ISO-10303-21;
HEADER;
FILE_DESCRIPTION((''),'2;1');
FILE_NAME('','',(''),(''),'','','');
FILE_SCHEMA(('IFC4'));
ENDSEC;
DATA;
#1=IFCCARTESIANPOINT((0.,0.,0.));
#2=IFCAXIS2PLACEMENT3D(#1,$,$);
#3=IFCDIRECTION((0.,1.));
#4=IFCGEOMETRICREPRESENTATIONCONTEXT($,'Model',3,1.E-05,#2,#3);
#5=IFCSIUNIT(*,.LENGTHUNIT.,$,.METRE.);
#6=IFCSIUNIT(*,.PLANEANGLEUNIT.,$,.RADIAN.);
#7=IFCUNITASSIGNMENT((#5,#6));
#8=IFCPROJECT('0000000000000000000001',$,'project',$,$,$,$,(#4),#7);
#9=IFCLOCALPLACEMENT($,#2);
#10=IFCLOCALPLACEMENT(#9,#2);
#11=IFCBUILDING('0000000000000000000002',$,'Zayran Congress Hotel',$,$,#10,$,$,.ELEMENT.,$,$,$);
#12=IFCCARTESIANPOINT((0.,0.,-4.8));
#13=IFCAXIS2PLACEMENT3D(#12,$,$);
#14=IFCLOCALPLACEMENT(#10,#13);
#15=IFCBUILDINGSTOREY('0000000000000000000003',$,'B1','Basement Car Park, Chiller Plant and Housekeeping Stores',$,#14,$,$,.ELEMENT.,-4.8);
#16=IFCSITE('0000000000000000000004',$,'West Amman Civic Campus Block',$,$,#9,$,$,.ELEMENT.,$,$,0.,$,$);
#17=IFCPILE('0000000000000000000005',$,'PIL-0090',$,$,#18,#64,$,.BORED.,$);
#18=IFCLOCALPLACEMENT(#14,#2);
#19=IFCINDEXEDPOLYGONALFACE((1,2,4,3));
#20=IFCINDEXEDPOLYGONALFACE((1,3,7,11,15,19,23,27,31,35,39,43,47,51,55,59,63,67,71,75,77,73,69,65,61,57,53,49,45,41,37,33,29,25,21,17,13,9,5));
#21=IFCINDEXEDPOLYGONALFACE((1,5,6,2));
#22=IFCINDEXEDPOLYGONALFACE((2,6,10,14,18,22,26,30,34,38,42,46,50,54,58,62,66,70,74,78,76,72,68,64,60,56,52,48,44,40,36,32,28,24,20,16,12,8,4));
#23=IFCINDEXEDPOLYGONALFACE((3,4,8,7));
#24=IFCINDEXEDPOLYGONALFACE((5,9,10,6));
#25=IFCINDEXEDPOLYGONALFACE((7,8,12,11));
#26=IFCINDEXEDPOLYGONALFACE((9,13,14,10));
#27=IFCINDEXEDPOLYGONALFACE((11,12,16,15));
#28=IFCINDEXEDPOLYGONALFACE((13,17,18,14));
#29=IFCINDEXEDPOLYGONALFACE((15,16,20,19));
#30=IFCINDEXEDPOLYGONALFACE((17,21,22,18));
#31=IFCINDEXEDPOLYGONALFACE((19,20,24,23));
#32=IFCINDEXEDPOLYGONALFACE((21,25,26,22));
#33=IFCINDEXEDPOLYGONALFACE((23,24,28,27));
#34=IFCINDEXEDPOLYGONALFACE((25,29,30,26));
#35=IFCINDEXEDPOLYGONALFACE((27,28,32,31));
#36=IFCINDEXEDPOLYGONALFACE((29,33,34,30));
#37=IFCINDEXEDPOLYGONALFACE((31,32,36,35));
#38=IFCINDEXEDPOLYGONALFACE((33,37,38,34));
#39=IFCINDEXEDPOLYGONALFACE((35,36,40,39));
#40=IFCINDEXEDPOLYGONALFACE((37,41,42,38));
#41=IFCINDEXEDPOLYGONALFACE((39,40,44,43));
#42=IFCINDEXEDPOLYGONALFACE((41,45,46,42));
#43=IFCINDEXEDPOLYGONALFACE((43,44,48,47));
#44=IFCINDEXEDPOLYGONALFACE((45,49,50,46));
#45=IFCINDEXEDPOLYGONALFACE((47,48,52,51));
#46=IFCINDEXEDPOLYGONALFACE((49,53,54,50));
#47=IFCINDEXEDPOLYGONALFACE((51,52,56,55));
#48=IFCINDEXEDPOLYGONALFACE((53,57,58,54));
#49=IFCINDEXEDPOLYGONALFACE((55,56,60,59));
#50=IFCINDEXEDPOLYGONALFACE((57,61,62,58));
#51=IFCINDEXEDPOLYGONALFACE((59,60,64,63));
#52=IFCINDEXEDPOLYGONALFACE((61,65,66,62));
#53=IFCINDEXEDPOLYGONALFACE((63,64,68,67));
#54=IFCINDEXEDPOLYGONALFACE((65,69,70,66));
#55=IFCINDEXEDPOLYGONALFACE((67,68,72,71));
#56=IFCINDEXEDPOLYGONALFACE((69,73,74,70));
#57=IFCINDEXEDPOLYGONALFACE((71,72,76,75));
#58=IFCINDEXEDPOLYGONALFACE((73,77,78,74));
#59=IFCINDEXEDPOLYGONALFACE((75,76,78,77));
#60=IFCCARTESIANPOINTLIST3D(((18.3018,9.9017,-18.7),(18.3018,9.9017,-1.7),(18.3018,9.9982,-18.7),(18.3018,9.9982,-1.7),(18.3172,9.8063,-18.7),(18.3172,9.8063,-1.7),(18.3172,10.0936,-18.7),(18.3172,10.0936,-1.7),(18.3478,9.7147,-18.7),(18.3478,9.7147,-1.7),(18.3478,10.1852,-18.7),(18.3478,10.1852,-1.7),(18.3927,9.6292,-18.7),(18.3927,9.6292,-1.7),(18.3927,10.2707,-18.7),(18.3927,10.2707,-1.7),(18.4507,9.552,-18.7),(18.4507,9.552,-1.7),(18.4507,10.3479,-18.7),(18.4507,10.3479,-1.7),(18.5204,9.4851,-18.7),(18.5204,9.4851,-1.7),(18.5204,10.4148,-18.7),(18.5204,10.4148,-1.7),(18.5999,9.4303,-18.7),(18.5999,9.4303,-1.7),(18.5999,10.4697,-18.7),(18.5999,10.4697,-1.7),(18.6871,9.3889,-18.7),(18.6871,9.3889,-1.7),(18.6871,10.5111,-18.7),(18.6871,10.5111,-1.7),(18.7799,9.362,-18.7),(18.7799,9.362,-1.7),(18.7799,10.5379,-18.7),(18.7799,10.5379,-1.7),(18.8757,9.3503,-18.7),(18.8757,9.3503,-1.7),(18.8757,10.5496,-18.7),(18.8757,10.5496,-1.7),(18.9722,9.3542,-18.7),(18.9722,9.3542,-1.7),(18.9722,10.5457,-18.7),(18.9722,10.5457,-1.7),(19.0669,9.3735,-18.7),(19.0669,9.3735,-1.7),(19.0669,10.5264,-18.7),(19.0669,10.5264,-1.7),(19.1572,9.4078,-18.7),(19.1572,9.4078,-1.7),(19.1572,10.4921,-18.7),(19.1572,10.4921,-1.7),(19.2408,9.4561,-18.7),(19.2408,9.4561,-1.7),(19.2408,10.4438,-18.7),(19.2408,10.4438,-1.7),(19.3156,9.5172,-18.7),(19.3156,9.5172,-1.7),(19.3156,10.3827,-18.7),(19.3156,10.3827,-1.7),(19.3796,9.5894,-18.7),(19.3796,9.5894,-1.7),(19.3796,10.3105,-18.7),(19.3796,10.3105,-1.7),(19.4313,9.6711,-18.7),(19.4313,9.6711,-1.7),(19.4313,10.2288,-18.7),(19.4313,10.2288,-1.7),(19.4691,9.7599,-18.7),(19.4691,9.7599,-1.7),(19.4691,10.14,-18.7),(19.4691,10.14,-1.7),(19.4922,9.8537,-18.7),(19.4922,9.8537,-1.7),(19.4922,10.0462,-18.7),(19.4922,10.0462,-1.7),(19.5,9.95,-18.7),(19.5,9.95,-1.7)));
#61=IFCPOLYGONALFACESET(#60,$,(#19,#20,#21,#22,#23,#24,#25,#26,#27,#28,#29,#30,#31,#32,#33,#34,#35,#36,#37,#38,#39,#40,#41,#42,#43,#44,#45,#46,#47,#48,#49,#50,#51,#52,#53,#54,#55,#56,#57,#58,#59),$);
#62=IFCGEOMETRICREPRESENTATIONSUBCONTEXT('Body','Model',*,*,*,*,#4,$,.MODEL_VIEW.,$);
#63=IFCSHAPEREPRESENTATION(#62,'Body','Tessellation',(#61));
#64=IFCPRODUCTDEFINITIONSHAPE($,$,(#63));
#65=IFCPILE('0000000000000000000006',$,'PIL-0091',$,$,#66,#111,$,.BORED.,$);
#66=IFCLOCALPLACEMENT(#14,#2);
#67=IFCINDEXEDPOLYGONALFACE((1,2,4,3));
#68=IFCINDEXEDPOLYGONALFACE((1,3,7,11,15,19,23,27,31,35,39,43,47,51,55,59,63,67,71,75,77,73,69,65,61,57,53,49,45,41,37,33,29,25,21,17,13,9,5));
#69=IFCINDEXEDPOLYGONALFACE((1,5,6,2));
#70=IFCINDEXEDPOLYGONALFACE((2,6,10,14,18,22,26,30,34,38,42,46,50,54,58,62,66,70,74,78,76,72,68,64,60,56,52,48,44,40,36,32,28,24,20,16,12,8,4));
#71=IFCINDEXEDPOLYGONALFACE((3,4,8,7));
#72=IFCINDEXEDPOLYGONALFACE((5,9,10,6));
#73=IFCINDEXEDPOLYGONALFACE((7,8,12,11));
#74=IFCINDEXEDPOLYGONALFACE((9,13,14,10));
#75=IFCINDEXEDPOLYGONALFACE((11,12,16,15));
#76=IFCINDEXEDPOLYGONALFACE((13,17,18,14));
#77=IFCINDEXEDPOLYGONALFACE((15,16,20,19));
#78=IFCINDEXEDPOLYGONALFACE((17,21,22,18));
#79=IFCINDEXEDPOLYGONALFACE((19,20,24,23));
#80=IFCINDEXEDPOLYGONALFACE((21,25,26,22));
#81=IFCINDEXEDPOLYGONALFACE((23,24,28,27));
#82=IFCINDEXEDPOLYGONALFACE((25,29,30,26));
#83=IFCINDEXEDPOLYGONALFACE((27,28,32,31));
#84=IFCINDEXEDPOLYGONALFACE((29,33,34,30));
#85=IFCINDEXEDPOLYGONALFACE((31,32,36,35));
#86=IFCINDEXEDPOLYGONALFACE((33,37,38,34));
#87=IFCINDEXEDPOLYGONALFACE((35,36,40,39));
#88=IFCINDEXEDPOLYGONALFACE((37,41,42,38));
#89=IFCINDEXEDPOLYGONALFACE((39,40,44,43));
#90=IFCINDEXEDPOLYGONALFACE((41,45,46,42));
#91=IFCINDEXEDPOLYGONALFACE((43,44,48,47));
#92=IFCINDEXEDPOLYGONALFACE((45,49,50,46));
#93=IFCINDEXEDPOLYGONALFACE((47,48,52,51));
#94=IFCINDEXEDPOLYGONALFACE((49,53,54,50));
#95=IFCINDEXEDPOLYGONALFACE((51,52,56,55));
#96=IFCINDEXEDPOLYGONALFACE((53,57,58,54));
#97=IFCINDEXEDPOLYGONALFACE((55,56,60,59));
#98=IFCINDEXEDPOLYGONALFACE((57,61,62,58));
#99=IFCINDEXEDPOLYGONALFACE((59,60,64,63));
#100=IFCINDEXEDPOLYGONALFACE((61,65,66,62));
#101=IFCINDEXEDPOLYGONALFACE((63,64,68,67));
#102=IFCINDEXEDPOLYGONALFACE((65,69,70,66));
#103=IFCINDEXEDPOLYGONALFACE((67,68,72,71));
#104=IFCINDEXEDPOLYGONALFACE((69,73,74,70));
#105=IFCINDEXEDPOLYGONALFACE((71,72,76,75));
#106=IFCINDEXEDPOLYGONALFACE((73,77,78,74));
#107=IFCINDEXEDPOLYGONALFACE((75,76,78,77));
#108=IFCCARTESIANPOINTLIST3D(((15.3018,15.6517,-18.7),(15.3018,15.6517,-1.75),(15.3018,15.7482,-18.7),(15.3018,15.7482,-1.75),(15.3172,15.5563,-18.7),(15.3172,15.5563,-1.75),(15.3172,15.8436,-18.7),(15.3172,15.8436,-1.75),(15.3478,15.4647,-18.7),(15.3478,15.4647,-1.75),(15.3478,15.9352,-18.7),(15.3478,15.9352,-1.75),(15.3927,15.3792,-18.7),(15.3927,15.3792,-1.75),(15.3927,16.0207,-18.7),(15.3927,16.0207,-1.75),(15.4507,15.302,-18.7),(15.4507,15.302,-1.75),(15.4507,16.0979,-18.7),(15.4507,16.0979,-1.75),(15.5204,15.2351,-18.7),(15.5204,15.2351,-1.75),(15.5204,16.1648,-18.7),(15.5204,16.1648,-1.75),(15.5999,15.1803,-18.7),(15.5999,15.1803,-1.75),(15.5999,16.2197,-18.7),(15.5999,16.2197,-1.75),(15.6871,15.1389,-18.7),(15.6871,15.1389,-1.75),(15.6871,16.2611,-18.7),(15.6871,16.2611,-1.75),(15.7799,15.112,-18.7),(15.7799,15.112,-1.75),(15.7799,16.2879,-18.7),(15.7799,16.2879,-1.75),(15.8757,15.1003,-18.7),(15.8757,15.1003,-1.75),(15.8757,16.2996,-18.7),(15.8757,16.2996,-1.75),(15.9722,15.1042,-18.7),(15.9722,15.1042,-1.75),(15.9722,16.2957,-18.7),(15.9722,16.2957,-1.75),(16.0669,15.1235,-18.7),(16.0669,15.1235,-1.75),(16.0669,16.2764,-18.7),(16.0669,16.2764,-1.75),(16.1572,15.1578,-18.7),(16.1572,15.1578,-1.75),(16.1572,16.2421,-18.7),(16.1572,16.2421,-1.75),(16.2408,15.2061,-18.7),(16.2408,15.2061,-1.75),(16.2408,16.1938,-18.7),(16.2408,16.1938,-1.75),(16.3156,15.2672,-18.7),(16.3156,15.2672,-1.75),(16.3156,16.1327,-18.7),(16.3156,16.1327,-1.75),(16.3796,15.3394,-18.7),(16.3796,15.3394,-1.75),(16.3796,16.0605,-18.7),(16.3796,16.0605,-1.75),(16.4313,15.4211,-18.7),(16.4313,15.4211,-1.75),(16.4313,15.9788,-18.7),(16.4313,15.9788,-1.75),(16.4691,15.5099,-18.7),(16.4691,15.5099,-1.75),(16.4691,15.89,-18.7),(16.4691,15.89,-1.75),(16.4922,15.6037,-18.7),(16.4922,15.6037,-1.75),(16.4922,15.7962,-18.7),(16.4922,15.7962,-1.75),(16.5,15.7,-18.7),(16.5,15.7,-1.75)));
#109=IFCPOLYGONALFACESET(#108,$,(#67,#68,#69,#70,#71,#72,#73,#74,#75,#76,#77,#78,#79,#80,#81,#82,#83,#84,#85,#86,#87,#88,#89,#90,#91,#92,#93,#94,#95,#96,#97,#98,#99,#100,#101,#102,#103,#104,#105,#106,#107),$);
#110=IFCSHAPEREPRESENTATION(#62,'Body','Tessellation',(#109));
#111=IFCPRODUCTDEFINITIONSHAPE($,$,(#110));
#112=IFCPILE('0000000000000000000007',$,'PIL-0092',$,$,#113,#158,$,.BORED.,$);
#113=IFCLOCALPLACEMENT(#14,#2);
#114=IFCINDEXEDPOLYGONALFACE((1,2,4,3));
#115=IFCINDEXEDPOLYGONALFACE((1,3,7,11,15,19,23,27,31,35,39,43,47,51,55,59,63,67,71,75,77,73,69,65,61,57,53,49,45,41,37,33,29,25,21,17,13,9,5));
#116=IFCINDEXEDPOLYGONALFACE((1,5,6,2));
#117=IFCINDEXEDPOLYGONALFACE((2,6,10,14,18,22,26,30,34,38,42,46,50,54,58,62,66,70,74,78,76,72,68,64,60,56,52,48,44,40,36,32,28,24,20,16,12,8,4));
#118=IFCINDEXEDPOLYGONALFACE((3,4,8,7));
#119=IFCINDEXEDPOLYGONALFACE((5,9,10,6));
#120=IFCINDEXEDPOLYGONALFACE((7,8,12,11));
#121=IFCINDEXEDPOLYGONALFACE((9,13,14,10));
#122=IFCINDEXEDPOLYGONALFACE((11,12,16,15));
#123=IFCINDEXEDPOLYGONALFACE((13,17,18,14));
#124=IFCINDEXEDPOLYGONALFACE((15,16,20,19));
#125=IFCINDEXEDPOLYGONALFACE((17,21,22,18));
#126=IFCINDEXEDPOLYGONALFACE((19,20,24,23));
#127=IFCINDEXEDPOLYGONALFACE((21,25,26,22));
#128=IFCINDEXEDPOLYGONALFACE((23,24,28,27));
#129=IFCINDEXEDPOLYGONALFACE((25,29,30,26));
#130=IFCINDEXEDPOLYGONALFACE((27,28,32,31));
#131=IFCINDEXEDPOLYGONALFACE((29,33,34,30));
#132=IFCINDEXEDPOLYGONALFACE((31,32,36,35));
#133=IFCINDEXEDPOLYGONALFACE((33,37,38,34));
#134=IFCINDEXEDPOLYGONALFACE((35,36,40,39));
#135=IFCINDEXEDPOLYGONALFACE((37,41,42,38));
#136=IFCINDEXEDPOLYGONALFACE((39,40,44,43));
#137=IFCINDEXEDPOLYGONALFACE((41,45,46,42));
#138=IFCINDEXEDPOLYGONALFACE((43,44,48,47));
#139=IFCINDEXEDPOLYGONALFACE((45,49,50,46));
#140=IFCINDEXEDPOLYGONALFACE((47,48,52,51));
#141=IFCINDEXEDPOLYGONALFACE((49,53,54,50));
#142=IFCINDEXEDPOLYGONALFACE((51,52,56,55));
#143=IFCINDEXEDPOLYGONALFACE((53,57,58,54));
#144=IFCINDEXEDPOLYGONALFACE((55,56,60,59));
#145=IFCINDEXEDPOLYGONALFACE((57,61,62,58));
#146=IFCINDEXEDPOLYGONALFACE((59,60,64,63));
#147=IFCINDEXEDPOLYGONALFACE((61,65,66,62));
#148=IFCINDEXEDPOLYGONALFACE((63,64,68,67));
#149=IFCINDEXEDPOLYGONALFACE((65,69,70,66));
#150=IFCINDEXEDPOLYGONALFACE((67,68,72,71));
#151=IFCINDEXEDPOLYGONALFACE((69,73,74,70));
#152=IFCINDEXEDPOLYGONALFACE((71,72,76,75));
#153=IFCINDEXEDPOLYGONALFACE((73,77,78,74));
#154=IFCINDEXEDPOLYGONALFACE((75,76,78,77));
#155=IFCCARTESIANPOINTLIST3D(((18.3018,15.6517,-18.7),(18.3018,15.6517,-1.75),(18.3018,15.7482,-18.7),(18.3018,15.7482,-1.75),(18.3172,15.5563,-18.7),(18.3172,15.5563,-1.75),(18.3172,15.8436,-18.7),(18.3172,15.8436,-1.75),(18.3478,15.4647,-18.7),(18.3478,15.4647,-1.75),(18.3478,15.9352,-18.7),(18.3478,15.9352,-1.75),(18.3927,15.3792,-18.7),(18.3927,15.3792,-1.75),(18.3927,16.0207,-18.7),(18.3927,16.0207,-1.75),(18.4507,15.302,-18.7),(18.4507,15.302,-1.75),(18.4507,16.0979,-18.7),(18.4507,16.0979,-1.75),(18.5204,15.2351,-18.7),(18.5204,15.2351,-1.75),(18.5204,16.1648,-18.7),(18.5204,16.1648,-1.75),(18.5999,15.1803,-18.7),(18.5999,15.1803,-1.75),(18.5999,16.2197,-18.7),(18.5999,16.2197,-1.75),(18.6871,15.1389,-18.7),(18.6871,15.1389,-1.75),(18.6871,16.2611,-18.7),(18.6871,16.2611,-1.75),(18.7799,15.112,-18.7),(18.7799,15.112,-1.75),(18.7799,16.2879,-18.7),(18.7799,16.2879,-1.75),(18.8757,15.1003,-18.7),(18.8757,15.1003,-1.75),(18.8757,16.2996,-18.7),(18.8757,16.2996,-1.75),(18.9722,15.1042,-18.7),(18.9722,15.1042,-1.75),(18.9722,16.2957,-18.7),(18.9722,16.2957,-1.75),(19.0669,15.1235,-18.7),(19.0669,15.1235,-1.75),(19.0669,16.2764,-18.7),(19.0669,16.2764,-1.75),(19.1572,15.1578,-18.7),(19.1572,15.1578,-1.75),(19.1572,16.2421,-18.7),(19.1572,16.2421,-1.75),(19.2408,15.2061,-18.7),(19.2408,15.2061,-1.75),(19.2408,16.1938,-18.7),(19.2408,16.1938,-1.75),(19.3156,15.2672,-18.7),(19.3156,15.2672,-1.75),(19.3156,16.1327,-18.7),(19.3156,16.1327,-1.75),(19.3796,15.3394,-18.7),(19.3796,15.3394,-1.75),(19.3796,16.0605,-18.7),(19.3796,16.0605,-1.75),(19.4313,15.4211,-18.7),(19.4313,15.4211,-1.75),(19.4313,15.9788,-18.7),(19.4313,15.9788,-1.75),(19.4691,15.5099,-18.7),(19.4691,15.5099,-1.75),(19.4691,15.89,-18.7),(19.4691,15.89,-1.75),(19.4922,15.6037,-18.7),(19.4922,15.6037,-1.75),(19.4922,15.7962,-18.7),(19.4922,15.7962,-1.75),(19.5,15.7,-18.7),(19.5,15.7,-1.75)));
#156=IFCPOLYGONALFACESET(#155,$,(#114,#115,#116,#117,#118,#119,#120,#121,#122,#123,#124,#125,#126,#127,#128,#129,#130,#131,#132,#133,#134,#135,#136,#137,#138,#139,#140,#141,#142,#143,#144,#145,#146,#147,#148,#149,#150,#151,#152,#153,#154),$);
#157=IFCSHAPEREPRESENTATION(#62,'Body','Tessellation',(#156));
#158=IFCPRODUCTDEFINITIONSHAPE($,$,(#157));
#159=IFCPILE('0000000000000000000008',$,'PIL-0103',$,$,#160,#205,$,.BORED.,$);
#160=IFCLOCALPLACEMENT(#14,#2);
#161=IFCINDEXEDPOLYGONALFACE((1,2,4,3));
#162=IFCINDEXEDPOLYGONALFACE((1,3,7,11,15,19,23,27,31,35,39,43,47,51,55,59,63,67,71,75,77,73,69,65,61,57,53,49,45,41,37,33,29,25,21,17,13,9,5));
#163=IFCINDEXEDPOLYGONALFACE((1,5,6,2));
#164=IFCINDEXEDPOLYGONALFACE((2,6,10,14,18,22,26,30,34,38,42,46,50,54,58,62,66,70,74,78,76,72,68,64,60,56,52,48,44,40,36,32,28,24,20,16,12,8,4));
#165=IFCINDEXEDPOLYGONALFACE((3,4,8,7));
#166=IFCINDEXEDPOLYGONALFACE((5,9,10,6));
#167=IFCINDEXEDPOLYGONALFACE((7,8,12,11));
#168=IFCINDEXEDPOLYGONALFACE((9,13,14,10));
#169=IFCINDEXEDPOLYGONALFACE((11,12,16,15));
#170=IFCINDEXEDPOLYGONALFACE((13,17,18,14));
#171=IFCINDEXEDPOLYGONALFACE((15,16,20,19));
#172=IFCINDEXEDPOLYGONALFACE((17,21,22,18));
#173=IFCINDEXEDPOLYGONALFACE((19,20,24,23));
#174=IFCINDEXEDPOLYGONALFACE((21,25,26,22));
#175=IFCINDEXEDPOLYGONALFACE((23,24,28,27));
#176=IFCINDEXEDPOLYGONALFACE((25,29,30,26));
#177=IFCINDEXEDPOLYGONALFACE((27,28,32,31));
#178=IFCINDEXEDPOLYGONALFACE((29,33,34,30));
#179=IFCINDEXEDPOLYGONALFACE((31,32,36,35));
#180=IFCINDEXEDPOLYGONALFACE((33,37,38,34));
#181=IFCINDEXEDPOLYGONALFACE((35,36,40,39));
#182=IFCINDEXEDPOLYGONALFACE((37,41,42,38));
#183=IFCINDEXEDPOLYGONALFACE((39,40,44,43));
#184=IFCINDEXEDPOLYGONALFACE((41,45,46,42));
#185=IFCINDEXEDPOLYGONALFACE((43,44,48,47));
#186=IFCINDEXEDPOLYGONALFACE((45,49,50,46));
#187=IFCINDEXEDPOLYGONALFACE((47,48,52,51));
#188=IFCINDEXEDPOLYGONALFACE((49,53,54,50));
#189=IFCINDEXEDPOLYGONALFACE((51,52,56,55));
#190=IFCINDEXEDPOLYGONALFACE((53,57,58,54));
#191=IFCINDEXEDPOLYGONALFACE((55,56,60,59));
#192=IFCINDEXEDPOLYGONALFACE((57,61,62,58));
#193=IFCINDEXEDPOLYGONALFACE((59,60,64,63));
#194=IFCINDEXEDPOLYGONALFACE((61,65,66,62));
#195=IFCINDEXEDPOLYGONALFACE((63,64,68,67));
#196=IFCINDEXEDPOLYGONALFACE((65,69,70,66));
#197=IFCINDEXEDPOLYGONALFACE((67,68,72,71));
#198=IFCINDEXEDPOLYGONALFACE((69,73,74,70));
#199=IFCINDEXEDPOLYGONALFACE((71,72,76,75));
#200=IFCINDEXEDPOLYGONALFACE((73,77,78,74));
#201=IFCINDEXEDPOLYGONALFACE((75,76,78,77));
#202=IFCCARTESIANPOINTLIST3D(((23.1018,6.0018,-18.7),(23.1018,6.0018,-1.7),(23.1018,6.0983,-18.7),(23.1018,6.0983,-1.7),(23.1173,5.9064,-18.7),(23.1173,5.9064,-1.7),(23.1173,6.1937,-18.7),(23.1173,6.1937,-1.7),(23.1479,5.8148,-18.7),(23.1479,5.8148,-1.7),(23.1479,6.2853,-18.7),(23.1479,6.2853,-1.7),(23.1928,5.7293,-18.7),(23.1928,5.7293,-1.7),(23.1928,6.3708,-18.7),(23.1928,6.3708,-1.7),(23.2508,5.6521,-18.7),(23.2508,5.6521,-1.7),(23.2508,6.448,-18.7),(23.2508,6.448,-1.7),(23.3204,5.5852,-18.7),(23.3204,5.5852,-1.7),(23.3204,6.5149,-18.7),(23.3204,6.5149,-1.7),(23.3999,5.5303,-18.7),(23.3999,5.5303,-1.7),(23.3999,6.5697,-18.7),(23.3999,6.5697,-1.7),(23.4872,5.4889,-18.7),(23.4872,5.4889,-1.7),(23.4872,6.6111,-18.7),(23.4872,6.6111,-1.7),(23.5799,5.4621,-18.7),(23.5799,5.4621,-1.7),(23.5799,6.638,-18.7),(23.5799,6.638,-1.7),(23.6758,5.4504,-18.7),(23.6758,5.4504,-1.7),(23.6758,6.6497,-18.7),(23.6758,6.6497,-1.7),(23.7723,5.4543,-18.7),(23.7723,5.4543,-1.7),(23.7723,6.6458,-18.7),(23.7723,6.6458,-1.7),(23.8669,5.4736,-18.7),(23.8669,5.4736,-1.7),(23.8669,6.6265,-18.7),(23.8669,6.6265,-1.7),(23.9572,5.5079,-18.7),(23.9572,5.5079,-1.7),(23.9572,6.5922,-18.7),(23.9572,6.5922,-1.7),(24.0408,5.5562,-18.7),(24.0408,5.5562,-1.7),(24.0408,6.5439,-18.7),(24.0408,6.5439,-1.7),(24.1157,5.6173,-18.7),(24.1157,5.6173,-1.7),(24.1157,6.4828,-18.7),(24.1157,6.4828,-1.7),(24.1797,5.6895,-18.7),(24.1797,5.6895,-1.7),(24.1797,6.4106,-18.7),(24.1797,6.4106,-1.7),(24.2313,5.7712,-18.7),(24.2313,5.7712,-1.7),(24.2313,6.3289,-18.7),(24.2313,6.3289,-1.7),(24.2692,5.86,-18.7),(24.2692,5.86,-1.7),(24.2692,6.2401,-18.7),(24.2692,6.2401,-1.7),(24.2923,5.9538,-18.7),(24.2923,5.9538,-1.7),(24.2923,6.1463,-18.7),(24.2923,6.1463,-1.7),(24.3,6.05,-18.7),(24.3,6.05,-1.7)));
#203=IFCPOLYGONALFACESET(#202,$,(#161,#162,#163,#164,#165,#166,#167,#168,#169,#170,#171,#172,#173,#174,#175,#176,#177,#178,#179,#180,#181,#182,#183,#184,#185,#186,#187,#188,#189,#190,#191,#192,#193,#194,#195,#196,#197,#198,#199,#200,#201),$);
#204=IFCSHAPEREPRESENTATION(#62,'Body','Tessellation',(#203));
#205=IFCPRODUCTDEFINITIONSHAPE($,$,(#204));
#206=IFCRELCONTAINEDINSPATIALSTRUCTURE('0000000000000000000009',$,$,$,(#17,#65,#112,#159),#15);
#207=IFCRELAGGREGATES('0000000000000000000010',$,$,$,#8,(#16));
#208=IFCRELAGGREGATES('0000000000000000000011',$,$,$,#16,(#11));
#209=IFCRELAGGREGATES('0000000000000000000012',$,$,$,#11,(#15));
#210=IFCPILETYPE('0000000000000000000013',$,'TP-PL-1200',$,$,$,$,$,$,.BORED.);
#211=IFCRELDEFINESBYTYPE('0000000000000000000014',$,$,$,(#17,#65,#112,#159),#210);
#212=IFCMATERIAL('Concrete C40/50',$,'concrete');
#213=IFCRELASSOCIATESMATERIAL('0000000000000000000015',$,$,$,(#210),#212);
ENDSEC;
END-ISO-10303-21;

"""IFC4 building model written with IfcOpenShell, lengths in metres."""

from ifc_helpers import new_model, si_unit, direction, frame, origin, origin_2d, place, context, subcontext, project, spatial, circle, extrude, material, material_profile, profile_set, type_object, element, save


model = new_model("IFC4")

# Units and contexts
model_context = context("Model", 3, precision=1e-05, world=origin(), true_north=direction((0.0, 1.0)))
body_context = subcontext(model_context, "Body", "Model", "MODEL_VIEW")
ifc_project = project(units=[si_unit("LENGTHUNIT", "METRE"), si_unit("PLANEANGLEUNIT", "RADIAN")], contexts=[model_context])

# Site, building, storey
site_placement = place(None, origin())
site = spatial("IfcSite", under=ifc_project, at=site_placement, Name="West Amman Civic Campus Block", CompositionType="ELEMENT", RefElevation=0.0)
building_placement = place(site_placement, origin())
building = spatial("IfcBuilding", under=site, at=building_placement, Name="Zayran Congress Hotel", CompositionType="ELEMENT")
storey_placement = place(building_placement, frame((0.0, 0.0, -4.8)))
storey = spatial("IfcBuildingStorey", under=building, at=storey_placement, Name="B1", Description="Basement Car Park, Chiller Plant and Housekeeping Stores", CompositionType="ELEMENT", Elevation=-4.8)

# Piles
ifc_material_1 = material(Name="Concrete C40/50", Category="concrete")
ifc_material_profile_1 = material_profile(ifc_material_1, circle(Radius=0.6001, at=origin_2d()), Name="PILE D1200")
ifc_profile_set_1 = profile_set([ifc_material_profile_1], Name="Concrete C40/50")
pile_type = type_object("IfcPileType", Name="TP-PL-1200", PredefinedType="BORED", material=ifc_profile_set_1)
for number, where, z_axis, x_axis, name in (
    (1, (18.8999, 9.95, -1.7), (0.0, 0.0, -1.0), (1.0, 0.0, 0.0), "PIL-0090"),
):
    element("IfcPile", number, at=place(storey_placement, frame(where, z_axis=z_axis, x_axis=x_axis)), inside=storey, type_object=pile_type, Name=name, PredefinedType="BORED", context=body_context, shape_type="SweptSolid", body=[
        extrude(circle(Radius=0.6001, at=origin_2d()), origin(), (0.0, 0.0, 1.0), 17.0),
    ])
for number, where, z_axis, x_axis, name in (
    (2, (15.8999, 15.7, -1.75), (0.0, 0.0, -1.0), (1.0, 0.0, 0.0), "PIL-0091"),
    (3, (18.8999, 15.7, -1.75), (0.0, 0.0, -1.0), (1.0, 0.0, 0.0), "PIL-0092"),
):
    element("IfcPile", number, at=place(storey_placement, frame(where, z_axis=z_axis, x_axis=x_axis)), inside=storey, type_object=pile_type, Name=name, PredefinedType="BORED", context=body_context, shape_type="SweptSolid", body=[
        extrude(circle(Radius=0.6001, at=origin_2d()), origin(), (0.0, 0.0, 1.0), 16.95),
    ])
for number, where, z_axis, x_axis, name in (
    (4, (23.7, 6.05, -1.7), (0.0, 0.0, -1.0), (1.0, 0.0, 0.0), "PIL-0103"),
):
    element("IfcPile", number, at=place(storey_placement, frame(where, z_axis=z_axis, x_axis=x_axis)), inside=storey, type_object=pile_type, Name=name, PredefinedType="BORED", context=body_context, shape_type="SweptSolid", body=[
        extrude(circle(Radius=0.6001, at=origin_2d()), origin(), (0.0, 0.0, 1.0), 17.0),
    ])

save(model, "model.ifc")
